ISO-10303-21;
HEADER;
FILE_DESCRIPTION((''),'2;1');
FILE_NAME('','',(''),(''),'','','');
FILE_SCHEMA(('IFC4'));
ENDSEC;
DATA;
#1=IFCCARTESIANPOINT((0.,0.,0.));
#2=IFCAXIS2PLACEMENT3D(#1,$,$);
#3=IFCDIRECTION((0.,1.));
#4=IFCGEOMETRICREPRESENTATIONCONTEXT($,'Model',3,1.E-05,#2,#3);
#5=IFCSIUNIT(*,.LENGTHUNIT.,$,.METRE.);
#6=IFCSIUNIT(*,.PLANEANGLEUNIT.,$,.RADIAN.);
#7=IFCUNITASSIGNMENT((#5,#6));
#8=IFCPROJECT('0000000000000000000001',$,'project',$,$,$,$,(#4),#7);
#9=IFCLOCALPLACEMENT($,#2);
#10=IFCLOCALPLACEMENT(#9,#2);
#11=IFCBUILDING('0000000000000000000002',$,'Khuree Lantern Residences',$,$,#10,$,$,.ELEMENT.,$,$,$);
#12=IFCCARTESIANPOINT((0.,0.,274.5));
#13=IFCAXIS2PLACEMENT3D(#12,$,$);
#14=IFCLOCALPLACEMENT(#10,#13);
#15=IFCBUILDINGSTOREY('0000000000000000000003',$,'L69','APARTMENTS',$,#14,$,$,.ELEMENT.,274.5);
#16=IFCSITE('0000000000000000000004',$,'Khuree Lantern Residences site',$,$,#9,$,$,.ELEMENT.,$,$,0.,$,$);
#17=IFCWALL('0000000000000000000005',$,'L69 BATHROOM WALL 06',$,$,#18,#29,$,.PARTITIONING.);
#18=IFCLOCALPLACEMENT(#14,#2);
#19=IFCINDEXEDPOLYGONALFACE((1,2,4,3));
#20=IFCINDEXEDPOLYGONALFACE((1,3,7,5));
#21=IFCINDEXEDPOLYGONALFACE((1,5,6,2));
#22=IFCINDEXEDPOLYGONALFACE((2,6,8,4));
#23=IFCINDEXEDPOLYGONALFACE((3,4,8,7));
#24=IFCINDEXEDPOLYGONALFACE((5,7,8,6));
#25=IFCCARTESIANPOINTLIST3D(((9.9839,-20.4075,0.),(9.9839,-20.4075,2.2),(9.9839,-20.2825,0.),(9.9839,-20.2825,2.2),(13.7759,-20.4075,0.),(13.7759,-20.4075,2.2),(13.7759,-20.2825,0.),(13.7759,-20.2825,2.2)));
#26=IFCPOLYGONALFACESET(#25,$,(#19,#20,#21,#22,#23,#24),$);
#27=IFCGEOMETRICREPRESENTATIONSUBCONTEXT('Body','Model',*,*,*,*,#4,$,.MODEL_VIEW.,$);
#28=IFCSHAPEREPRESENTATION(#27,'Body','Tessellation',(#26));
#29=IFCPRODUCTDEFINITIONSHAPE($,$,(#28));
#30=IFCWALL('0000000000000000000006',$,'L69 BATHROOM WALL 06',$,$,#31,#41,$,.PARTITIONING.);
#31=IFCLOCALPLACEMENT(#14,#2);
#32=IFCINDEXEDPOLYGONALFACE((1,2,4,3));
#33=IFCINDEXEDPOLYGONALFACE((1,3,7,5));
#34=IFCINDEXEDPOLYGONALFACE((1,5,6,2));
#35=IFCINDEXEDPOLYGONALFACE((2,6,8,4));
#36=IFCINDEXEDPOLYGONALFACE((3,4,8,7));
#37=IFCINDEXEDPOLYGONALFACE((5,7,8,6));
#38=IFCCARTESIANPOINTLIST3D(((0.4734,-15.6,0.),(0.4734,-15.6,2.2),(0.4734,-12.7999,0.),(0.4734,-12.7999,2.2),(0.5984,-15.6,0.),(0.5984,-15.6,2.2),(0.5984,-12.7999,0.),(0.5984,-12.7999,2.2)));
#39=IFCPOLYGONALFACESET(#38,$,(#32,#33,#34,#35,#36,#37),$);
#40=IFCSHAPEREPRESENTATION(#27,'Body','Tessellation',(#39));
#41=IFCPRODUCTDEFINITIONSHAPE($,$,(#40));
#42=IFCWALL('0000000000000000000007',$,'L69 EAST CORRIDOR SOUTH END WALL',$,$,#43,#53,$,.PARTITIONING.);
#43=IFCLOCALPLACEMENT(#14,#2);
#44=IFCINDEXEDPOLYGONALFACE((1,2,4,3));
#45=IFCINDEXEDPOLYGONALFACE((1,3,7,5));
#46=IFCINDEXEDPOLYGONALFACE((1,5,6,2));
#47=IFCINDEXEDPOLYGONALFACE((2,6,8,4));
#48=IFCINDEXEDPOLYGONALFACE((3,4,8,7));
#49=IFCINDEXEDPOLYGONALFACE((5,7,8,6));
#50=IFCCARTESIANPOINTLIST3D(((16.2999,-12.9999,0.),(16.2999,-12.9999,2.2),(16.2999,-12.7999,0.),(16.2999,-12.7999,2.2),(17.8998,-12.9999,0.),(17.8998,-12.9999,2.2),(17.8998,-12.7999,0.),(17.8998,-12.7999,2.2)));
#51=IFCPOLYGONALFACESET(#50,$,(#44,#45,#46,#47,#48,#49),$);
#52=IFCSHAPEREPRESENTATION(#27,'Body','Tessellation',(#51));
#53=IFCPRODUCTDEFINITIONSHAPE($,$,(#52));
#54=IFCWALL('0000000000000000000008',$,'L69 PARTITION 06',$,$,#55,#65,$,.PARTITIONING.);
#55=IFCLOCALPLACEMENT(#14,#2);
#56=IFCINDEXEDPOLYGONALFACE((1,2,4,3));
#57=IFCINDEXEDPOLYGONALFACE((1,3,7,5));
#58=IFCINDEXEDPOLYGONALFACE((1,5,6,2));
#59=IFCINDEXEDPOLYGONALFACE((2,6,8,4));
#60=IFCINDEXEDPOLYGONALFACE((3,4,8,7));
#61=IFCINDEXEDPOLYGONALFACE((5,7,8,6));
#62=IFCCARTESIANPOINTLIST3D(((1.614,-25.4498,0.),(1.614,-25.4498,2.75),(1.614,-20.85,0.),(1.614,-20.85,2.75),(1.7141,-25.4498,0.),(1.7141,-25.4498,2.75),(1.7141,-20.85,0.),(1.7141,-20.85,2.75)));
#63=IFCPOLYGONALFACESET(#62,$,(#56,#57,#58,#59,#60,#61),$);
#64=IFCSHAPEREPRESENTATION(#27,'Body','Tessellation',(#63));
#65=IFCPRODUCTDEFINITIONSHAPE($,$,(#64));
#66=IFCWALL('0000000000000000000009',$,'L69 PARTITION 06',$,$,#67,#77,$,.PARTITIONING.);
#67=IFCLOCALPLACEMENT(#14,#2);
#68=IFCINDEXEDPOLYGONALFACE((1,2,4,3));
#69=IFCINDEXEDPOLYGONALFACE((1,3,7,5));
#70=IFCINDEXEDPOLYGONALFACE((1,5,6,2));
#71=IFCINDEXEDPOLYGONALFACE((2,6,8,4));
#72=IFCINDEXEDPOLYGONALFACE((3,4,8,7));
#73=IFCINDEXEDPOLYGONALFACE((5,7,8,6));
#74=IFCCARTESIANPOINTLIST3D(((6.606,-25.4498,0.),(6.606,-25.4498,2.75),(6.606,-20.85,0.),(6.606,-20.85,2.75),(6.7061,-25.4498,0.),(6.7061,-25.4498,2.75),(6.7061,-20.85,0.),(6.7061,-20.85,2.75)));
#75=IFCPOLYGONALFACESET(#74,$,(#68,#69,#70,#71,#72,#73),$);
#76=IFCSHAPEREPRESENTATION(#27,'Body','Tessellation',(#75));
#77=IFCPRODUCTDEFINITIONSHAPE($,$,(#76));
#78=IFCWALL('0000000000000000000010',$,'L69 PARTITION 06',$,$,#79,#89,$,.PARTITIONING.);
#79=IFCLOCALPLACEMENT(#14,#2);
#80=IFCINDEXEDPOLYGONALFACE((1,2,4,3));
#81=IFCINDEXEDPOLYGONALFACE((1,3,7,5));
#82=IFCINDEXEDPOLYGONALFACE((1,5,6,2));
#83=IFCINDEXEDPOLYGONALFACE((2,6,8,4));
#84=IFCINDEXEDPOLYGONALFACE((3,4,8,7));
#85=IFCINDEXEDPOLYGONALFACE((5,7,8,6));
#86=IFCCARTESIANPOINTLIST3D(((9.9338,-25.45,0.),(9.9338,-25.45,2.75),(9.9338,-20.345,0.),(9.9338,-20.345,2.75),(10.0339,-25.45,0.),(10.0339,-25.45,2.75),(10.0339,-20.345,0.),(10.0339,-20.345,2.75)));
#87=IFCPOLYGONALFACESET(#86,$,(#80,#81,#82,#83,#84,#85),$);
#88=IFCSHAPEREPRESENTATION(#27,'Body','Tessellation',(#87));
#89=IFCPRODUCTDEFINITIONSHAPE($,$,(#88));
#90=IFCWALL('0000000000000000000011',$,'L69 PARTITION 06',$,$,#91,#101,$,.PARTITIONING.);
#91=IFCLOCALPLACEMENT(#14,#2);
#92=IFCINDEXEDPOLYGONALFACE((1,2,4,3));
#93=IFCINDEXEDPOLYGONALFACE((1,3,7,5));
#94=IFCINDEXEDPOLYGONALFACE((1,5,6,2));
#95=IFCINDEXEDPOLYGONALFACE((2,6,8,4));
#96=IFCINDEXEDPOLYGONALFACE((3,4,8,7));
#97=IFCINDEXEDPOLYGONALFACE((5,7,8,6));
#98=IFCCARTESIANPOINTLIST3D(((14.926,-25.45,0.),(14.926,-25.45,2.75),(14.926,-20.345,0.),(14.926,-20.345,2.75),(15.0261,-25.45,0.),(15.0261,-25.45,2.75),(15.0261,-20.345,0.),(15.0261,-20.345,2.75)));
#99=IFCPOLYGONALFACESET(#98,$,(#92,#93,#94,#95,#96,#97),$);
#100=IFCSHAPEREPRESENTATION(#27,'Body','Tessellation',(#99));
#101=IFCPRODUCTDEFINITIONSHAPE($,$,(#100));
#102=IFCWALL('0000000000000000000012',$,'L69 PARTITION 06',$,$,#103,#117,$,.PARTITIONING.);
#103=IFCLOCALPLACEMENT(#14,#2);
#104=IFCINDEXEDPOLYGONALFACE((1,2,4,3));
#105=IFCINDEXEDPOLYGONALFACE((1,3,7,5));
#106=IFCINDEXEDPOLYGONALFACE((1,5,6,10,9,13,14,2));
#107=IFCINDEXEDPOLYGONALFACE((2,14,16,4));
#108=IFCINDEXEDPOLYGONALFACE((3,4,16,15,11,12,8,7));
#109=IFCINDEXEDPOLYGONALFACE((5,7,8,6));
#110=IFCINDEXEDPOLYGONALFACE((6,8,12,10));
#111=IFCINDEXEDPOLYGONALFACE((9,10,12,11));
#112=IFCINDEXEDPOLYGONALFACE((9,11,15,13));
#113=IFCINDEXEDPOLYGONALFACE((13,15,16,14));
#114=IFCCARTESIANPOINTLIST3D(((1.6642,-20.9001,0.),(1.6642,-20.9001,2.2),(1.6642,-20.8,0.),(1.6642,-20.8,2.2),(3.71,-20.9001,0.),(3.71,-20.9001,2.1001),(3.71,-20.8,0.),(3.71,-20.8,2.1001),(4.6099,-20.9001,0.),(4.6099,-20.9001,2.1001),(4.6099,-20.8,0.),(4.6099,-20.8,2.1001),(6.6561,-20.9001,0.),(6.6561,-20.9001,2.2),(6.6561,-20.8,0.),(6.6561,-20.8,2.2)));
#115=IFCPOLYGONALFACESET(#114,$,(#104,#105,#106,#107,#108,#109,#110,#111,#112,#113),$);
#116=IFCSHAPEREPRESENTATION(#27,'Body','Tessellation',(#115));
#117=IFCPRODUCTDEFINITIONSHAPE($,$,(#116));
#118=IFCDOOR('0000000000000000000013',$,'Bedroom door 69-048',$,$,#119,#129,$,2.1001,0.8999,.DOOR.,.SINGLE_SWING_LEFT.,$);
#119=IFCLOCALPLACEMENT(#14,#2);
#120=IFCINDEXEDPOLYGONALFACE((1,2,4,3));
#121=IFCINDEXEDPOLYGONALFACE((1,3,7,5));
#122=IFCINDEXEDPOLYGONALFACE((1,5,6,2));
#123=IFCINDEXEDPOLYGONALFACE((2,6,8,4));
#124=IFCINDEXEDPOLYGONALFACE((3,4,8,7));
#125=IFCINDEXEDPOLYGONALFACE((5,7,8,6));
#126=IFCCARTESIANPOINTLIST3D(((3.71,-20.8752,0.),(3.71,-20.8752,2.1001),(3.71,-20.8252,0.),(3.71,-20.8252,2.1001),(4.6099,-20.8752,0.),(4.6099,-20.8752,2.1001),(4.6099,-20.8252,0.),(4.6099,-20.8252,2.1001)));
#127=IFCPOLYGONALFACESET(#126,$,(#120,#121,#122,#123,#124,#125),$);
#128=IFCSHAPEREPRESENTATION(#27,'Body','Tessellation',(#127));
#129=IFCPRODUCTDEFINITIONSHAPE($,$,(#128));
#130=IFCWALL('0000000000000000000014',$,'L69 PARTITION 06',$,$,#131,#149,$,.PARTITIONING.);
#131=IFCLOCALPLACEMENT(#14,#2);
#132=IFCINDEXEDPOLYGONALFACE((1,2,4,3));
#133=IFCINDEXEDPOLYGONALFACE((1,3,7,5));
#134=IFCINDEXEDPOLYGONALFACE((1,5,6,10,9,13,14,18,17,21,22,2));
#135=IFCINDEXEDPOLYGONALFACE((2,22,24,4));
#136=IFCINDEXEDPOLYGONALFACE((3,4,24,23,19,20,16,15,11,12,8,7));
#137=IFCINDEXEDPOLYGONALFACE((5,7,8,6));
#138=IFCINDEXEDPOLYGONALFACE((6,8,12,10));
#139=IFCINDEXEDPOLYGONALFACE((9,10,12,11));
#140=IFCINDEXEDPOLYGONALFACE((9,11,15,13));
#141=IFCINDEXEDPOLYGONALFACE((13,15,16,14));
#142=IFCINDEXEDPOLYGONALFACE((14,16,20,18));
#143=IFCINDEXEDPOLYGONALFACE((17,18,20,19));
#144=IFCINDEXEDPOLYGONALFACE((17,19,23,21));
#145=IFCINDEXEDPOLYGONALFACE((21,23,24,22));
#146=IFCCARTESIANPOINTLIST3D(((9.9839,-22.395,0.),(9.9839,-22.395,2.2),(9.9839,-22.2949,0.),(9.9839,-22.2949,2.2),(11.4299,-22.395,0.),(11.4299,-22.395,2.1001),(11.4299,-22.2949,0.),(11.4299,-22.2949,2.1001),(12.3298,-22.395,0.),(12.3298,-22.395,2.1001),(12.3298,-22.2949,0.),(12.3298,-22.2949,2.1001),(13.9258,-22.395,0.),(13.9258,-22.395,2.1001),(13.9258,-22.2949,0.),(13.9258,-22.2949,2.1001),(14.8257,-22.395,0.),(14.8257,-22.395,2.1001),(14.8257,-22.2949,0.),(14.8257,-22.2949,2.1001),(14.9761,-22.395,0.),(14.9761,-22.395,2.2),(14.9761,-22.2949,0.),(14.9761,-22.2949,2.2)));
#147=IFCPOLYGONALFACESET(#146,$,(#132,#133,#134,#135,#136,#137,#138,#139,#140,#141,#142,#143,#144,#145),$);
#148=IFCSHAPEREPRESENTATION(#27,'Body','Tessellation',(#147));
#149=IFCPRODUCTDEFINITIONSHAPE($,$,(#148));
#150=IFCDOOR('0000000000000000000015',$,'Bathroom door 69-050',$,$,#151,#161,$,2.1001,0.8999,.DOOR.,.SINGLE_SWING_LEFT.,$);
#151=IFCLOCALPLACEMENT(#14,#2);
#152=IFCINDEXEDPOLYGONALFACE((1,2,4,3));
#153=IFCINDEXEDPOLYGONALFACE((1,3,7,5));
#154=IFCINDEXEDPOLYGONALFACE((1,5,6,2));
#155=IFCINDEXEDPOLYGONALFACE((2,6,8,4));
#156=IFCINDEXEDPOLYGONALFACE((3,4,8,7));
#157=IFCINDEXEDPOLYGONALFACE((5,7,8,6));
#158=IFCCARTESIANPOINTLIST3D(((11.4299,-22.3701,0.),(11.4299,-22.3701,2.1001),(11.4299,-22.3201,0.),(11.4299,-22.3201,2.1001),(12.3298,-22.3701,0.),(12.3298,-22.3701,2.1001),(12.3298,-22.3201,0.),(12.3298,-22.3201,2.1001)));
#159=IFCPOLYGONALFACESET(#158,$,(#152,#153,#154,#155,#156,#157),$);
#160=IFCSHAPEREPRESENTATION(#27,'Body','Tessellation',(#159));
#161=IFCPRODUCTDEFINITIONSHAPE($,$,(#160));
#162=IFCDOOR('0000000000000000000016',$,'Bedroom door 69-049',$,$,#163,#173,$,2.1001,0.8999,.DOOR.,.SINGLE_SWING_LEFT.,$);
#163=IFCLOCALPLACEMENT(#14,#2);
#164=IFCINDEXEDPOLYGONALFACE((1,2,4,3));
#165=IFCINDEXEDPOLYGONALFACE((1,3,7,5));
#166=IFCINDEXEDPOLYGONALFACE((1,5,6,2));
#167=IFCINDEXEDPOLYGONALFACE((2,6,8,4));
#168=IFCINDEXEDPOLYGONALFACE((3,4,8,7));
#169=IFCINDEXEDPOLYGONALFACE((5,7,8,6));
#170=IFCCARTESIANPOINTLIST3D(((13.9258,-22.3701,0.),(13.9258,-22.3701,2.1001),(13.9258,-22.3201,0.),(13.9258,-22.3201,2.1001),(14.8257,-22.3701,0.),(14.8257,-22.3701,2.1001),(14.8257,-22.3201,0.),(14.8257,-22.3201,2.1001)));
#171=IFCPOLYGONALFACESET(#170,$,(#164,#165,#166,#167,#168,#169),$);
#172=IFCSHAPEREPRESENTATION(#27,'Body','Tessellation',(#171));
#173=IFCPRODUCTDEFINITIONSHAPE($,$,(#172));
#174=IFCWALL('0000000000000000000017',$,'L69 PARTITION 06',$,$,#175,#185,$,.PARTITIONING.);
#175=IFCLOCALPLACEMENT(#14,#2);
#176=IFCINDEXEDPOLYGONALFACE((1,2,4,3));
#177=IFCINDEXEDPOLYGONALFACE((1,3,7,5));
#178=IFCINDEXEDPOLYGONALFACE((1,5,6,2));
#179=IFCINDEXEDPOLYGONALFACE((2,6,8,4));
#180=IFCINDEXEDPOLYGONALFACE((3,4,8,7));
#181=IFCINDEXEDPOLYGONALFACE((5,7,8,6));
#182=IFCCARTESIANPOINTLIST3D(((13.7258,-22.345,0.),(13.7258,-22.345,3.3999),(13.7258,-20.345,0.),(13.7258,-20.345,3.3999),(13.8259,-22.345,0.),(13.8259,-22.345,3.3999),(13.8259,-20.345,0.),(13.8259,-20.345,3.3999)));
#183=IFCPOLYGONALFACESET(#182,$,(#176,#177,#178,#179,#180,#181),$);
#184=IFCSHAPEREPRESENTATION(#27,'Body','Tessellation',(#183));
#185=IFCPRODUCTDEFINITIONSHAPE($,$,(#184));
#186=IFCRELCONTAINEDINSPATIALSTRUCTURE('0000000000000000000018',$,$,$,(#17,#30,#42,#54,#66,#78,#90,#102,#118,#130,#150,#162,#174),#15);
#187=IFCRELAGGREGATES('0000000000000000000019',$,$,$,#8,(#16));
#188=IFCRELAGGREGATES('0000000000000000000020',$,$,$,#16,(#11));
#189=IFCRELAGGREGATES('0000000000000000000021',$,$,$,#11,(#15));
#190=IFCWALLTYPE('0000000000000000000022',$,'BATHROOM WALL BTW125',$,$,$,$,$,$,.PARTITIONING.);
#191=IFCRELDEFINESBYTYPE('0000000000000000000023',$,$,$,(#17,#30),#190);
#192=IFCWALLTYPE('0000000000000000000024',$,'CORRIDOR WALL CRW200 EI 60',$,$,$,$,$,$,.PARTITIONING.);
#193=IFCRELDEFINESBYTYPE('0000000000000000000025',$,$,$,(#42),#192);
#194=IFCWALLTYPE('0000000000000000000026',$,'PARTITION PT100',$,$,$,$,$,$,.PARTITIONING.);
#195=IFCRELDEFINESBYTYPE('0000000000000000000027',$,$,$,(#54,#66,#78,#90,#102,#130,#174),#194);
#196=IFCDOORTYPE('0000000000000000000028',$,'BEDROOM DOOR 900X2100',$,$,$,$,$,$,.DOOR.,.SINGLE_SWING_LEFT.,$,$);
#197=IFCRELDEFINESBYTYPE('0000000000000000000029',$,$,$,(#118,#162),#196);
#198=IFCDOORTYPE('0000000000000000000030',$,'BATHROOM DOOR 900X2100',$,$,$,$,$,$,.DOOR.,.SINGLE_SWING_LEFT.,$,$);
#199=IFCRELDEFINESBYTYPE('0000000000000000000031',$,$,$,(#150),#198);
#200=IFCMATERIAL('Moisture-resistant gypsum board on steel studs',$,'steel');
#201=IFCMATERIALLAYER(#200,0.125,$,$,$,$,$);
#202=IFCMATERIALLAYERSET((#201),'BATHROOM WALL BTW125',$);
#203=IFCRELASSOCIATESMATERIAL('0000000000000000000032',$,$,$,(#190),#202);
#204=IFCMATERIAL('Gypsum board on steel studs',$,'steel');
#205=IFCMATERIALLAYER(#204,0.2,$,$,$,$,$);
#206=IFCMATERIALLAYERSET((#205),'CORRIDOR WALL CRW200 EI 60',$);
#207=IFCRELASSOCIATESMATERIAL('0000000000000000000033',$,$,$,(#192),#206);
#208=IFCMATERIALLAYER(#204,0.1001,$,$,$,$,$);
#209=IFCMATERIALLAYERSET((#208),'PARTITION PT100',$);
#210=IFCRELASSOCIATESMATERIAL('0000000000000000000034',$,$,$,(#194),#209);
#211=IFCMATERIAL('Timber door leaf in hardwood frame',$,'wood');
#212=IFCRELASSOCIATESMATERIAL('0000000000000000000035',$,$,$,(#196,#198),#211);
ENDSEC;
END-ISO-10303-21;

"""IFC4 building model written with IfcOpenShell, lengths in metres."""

from ifc_helpers import new_model, si_unit, direction, frame, frame_2d, origin, place, context, subcontext, project, spatial, rectangle, extrude, material, layer, layer_set, type_object, element, fill, save


model = new_model("IFC4")

# Units and contexts
model_context = context("Model", 3, precision=1e-05, world=origin(), true_north=direction((0.0, 1.0)))
body_context = subcontext(model_context, "Body", "Model", "MODEL_VIEW")
ifc_project = project(units=[si_unit("LENGTHUNIT", "METRE"), si_unit("PLANEANGLEUNIT", "RADIAN")], contexts=[model_context])

# Site, building, storey
site_placement = place(None, origin())
site = spatial("IfcSite", under=ifc_project, at=site_placement, Name="Khuree Lantern Residences site", CompositionType="ELEMENT", RefElevation=0.0)
building_placement = place(site_placement, origin())
building = spatial("IfcBuilding", under=site, at=building_placement, Name="Khuree Lantern Residences", CompositionType="ELEMENT")
storey_placement = place(building_placement, frame((0.0, 0.0, 274.5)))
storey = spatial("IfcBuildingStorey", under=building, at=storey_placement, Name="L69", Description="APARTMENTS", CompositionType="ELEMENT", Elevation=274.5)

# Walls
ifc_material_1 = material(Name="Moisture-resistant gypsum board on steel studs", Category="steel")
ifc_layer_1 = layer(ifc_material_1, 0.125)
ifc_layer_set_1 = layer_set([ifc_layer_1], Name="BATHROOM WALL BTW125")
wall_type_1 = type_object("IfcWallType", Name="BATHROOM WALL BTW125", PredefinedType="PARTITIONING", material=ifc_layer_set_1)
wall_1_placement = place(storey_placement, frame((9.9839, -20.345, 0.0), z_axis=(0.0, 0.0, 1.0), x_axis=(1.0, 0.0, 0.0)))
element("IfcWall", 1, at=wall_1_placement, inside=storey, type_object=wall_type_1, Name="L69 BATHROOM WALL 06", PredefinedType="PARTITIONING", context=body_context, shape_type="SweptSolid", body=[
    extrude(rectangle(XDim=3.792, YDim=0.125, at=frame_2d((1.896, 0.0))), origin(), (0.0, 0.0, 1.0), 2.2),
])
wall_2_placement = place(storey_placement, frame((0.5359, -12.8, 0.0), z_axis=(0.0, 0.0, 1.0), x_axis=(0.0, -1.0, 0.0)))
element("IfcWall", 2, at=wall_2_placement, inside=storey, type_object=wall_type_1, Name="L69 BATHROOM WALL 06", PredefinedType="PARTITIONING", context=body_context, shape_type="SweptSolid", body=[
    extrude(rectangle(XDim=2.8, YDim=0.125, at=frame_2d((1.3999, 0.0))), origin(), (0.0, 0.0, 1.0), 2.2),
])
ifc_material_2 = material(Name="Gypsum board on steel studs", Category="steel")
ifc_layer_2 = layer(ifc_material_2, 0.2)
ifc_layer_set_2 = layer_set([ifc_layer_2], Name="CORRIDOR WALL CRW200 EI 60")
wall_type_2 = type_object("IfcWallType", Name="CORRIDOR WALL CRW200 EI 60", PredefinedType="PARTITIONING", material=ifc_layer_set_2)
wall_3_placement = place(storey_placement, frame((16.3, -12.8999, 0.0), z_axis=(0.0, 0.0, 1.0), x_axis=(1.0, 0.0, 0.0)))
element("IfcWall", 3, at=wall_3_placement, inside=storey, type_object=wall_type_2, Name="L69 EAST CORRIDOR SOUTH END WALL", PredefinedType="PARTITIONING", context=body_context, shape_type="SweptSolid", body=[
    extrude(rectangle(XDim=1.5999, YDim=0.2, at=frame_2d((0.7998, 0.0))), origin(), (0.0, 0.0, 1.0), 2.2),
])
ifc_layer_3 = layer(ifc_material_2, 0.1001)
ifc_layer_set_3 = layer_set([ifc_layer_3], Name="PARTITION PT100")
wall_type_3 = type_object("IfcWallType", Name="PARTITION PT100", PredefinedType="PARTITIONING", material=ifc_layer_set_3)
for number, where, z_axis, x_axis, name in (
    (4, (1.6641, -20.8501, 0.0), (0.0, 0.0, 1.0), (0.0, -1.0, 0.0), "L69 PARTITION 06"),
    (5, (6.656, -20.8501, 0.0), (0.0, 0.0, 1.0), (0.0, -1.0, 0.0), "L69 PARTITION 06"),
):
    element("IfcWall", number, at=place(storey_placement, frame(where, z_axis=z_axis, x_axis=x_axis)), inside=storey, type_object=wall_type_3, Name=name, PredefinedType="PARTITIONING", context=body_context, shape_type="SweptSolid", body=[
        extrude(rectangle(XDim=4.5999, YDim=0.1001, at=frame_2d((2.2998, 0.0))), origin(), (0.0, 0.0, 1.0), 2.75),
    ])
for number, where, z_axis, x_axis, name in (
    (6, (9.9839, -20.345, 0.0), (0.0, 0.0, 1.0), (0.0, -1.0, 0.0), "L69 PARTITION 06"),
    (7, (14.9761, -20.345, 0.0), (0.0, 0.0, 1.0), (0.0, -1.0, 0.0), "L69 PARTITION 06"),
):
    element("IfcWall", number, at=place(storey_placement, frame(where, z_axis=z_axis, x_axis=x_axis)), inside=storey, type_object=wall_type_3, Name=name, PredefinedType="PARTITIONING", context=body_context, shape_type="SweptSolid", body=[
        extrude(rectangle(XDim=5.105, YDim=0.1001, at=frame_2d((2.5525, 0.0))), origin(), (0.0, 0.0, 1.0), 2.75),
    ])

# Wall, opening, door
wall_4_placement = place(storey_placement, frame((1.6641, -20.8501, 0.0), z_axis=(0.0, 0.0, 1.0), x_axis=(1.0, 0.0, 0.0)))
wall_4 = element("IfcWall", 8, at=wall_4_placement, inside=storey, type_object=wall_type_3, Name="L69 PARTITION 06", PredefinedType="PARTITIONING", context=body_context, shape_type="SweptSolid", body=[
    extrude(rectangle(XDim=4.9919, YDim=0.1001, at=frame_2d((2.4961, 0.0))), origin(), (0.0, 0.0, 1.0), 2.2),
])
opening_1_placement = place(wall_4_placement, frame((2.0459, 0.0, 0.0)))
opening_1 = element("IfcOpeningElement", 9, at=opening_1_placement, cuts=wall_4, PredefinedType="OPENING", context=body_context, shape_type="SweptSolid", body=[
    extrude(rectangle(XDim=0.8999, YDim=2.1001, at=frame_2d((0.45, 1.05))), frame((0.0, 0.0601, 0.0), z_axis=(0.0, -1.0, 0.0), x_axis=(1.0, 0.0, 0.0)), (0.0, 0.0, 1.0), 0.1201),
])
ifc_material_3 = material(Name="Timber door leaf in hardwood frame", Category="wood")
door_type_1 = type_object("IfcDoorType", Name="BEDROOM DOOR 900X2100", OperationType="SINGLE_SWING_LEFT", PredefinedType="DOOR", material=ifc_material_3)
door_1_placement = place(opening_1_placement, origin())
door_1 = element("IfcDoor", 10, at=door_1_placement, inside=storey, type_object=door_type_1, Name="Bedroom door 69-048", OperationType="SINGLE_SWING_LEFT", OverallHeight=2.1001, OverallWidth=0.8999, PredefinedType="DOOR", context=body_context, shape_type="SweptSolid", body=[
    extrude(rectangle(XDim=0.8999, YDim=2.1001, at=frame_2d((0.45, 1.05))), frame((0.0, 0.0249, 0.0), z_axis=(0.0, -1.0, 0.0), x_axis=(1.0, 0.0, 0.0)), (0.0, 0.0, 1.0), 0.05),
])
fill(opening_1, door_1)

# Wall, openings, doors
wall_5_placement = place(storey_placement, frame((9.9839, -22.345, 0.0), z_axis=(0.0, 0.0, 1.0), x_axis=(1.0, 0.0, 0.0)))
wall_5 = element("IfcWall", 11, at=wall_5_placement, inside=storey, type_object=wall_type_3, Name="L69 PARTITION 06", PredefinedType="PARTITIONING", context=body_context, shape_type="SweptSolid", body=[
    extrude(rectangle(XDim=4.9922, YDim=0.1001, at=frame_2d((2.4961, 0.0))), origin(), (0.0, 0.0, 1.0), 2.2),
])
opening_2_placement = place(wall_5_placement, frame((3.9419, 0.0, 0.0)))
opening_2 = element("IfcOpeningElement", 12, at=opening_2_placement, cuts=wall_5, PredefinedType="OPENING", context=body_context, shape_type="SweptSolid", body=[
    extrude(rectangle(XDim=0.8999, YDim=2.1001, at=frame_2d((0.45, 1.05))), frame((0.0, 0.0601, 0.0), z_axis=(0.0, -1.0, 0.0), x_axis=(1.0, 0.0, 0.0)), (0.0, 0.0, 1.0), 0.1201),
])
opening_3_placement = place(wall_5_placement, frame((1.446, 0.0, 0.0)))
opening_3 = element("IfcOpeningElement", 13, at=opening_3_placement, cuts=wall_5, PredefinedType="OPENING", context=body_context, shape_type="SweptSolid", body=[
    extrude(rectangle(XDim=0.8999, YDim=2.1001, at=frame_2d((0.45, 1.05))), frame((0.0, 0.0601, 0.0), z_axis=(0.0, -1.0, 0.0), x_axis=(1.0, 0.0, 0.0)), (0.0, 0.0, 1.0), 0.1201),
])
door_type_2 = type_object("IfcDoorType", Name="BATHROOM DOOR 900X2100", OperationType="SINGLE_SWING_LEFT", PredefinedType="DOOR", material=ifc_material_3)
door_2_placement = place(opening_3_placement, origin())
door_2 = element("IfcDoor", 14, at=door_2_placement, inside=storey, type_object=door_type_2, Name="Bathroom door 69-050", OperationType="SINGLE_SWING_LEFT", OverallHeight=2.1001, OverallWidth=0.8999, PredefinedType="DOOR", context=body_context, shape_type="SweptSolid", body=[
    extrude(rectangle(XDim=0.8999, YDim=2.1001, at=frame_2d((0.45, 1.05))), frame((0.0, 0.0249, 0.0), z_axis=(0.0, -1.0, 0.0), x_axis=(1.0, 0.0, 0.0)), (0.0, 0.0, 1.0), 0.05),
])
fill(opening_3, door_2)
door_3_placement = place(opening_2_placement, origin())
door_3 = element("IfcDoor", 15, at=door_3_placement, inside=storey, type_object=door_type_1, Name="Bedroom door 69-049", OperationType="SINGLE_SWING_LEFT", OverallHeight=2.1001, OverallWidth=0.8999, PredefinedType="DOOR", context=body_context, shape_type="SweptSolid", body=[
    extrude(rectangle(XDim=0.8999, YDim=2.1001, at=frame_2d((0.45, 1.05))), frame((0.0, 0.0249, 0.0), z_axis=(0.0, -1.0, 0.0), x_axis=(1.0, 0.0, 0.0)), (0.0, 0.0, 1.0), 0.05),
])
fill(opening_2, door_3)

# Wall
wall_6_placement = place(storey_placement, frame((13.7759, -20.345, 0.0), z_axis=(0.0, 0.0, 1.0), x_axis=(0.0, -1.0, 0.0)))
element("IfcWall", 16, at=wall_6_placement, inside=storey, type_object=wall_type_3, Name="L69 PARTITION 06", PredefinedType="PARTITIONING", context=body_context, shape_type="SweptSolid", body=[
    extrude(rectangle(XDim=2.0, YDim=0.1001, at=frame_2d((1.0, 0.0))), origin(), (0.0, 0.0, 1.0), 3.3999),
])

save(model, "model.ifc")
